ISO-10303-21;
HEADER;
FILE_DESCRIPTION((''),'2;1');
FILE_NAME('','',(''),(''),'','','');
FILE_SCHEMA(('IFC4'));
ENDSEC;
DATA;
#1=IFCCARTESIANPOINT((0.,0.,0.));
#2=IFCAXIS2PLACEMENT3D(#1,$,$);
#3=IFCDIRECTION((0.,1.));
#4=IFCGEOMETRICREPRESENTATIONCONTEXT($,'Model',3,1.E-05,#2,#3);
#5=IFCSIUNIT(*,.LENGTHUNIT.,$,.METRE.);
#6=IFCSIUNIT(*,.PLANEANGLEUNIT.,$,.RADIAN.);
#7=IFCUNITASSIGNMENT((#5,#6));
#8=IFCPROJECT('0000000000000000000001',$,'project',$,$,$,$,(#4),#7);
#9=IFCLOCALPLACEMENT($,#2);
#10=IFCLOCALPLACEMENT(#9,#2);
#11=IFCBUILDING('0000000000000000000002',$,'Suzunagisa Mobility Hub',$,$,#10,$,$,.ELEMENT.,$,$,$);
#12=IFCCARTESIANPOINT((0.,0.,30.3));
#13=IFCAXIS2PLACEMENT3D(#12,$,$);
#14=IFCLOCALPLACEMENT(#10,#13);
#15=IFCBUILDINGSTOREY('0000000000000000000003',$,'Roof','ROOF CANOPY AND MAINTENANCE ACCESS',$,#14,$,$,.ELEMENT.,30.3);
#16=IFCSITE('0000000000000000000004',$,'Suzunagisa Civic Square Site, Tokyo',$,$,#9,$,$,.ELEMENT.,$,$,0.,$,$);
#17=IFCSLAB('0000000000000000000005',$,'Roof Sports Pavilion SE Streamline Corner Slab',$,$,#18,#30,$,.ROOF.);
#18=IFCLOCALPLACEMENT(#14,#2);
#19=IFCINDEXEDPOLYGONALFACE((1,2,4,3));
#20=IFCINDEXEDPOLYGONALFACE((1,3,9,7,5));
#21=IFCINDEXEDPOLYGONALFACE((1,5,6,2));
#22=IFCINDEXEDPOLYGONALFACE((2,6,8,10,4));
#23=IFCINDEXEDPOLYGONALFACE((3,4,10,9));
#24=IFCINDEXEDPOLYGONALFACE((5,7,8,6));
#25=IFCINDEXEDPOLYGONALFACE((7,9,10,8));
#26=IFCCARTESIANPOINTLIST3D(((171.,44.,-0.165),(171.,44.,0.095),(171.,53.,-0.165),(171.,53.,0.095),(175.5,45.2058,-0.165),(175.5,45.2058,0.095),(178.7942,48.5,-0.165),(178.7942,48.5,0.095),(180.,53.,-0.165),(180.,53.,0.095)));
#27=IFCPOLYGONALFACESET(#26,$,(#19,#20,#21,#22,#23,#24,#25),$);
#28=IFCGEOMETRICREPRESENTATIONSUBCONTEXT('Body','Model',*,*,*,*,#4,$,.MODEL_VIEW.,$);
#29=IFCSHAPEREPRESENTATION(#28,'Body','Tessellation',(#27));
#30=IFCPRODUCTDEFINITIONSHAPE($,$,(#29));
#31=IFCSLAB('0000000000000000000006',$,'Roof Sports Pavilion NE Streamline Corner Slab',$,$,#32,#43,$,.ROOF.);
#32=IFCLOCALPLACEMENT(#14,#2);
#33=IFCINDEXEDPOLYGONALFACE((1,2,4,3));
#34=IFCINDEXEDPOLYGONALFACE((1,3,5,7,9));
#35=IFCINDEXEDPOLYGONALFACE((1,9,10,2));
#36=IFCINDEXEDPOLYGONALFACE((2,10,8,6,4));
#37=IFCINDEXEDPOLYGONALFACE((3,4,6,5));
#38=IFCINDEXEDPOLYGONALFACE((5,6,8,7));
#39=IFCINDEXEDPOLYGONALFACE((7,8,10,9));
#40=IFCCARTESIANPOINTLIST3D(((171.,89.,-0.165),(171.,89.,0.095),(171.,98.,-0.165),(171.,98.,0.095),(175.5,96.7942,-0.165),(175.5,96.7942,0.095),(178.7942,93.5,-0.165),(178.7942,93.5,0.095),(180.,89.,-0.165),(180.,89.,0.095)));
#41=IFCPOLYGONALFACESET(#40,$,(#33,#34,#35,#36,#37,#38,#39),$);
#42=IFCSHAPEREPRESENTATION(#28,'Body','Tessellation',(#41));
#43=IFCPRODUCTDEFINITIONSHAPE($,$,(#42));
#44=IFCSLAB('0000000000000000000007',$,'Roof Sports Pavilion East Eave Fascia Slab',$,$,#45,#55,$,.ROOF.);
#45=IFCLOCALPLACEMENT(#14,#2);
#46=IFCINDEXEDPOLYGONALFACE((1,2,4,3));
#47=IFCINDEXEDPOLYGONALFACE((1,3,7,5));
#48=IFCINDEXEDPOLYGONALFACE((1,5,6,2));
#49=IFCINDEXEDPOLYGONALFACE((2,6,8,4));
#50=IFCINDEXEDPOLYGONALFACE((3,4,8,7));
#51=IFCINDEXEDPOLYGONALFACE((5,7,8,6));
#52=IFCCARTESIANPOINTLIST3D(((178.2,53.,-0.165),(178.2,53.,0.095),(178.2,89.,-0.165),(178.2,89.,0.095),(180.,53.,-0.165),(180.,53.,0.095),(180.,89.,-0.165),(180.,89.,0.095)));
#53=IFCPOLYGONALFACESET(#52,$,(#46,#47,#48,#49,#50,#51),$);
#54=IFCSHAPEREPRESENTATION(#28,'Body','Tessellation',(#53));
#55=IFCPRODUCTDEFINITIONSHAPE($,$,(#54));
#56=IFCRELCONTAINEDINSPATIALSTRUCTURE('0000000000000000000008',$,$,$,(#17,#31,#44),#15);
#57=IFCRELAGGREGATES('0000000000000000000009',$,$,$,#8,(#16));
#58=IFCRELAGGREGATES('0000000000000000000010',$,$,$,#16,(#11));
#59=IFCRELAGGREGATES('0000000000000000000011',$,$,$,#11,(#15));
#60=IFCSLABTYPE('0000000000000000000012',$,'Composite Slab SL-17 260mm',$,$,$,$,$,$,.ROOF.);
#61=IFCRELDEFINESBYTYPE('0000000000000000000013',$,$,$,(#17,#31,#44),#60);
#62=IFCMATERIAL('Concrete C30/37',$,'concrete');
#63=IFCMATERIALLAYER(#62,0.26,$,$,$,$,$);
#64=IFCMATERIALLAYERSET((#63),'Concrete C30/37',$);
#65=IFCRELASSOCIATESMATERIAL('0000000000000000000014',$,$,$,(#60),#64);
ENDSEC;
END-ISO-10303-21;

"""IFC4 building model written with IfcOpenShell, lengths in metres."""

from ifc_helpers import new_model, si_unit, direction, frame, origin, place, context, subcontext, project, spatial, polyline, outline, extrude, material, layer, layer_set, type_object, element, save


model = new_model("IFC4")

# Units and contexts
model_context = context("Model", 3, precision=1e-05, world=origin(), true_north=direction((0.0, 1.0)))
body_context = subcontext(model_context, "Body", "Model", "MODEL_VIEW")
ifc_project = project(units=[si_unit("LENGTHUNIT", "METRE"), si_unit("PLANEANGLEUNIT", "RADIAN")], contexts=[model_context])

# Site, building, storey
site_placement = place(None, origin())
site = spatial("IfcSite", under=ifc_project, at=site_placement, Name="Suzunagisa Civic Square Site, Tokyo", CompositionType="ELEMENT", RefElevation=0.0)
building_placement = place(site_placement, origin())
building = spatial("IfcBuilding", under=site, at=building_placement, Name="Suzunagisa Mobility Hub", CompositionType="ELEMENT")
storey_placement = place(building_placement, frame((0.0, 0.0, 30.3)))
storey = spatial("IfcBuildingStorey", under=building, at=storey_placement, Name="Roof", Description="ROOF CANOPY AND MAINTENANCE ACCESS", CompositionType="ELEMENT", Elevation=30.3)

# Slabs
ifc_material = material(Name="Concrete C30/37", Category="concrete")
ifc_layer = layer(ifc_material, 0.26)
ifc_layer_set = layer_set([ifc_layer], Name="Concrete C30/37")
slab_type = type_object("IfcSlabType", Name="Composite Slab SL-17 260mm", PredefinedType="ROOF", material=ifc_layer_set)
slab_1_placement = place(storey_placement, frame((0.0, 0.0, -0.165)))
element("IfcSlab", 1, at=slab_1_placement, inside=storey, type_object=slab_type, Name="Roof Sports Pavilion SE Streamline Corner Slab", PredefinedType="ROOF", context=body_context, shape_type="SweptSolid", body=[
    extrude(outline(polyline([(180.0, 53.0), (171.0, 53.0), (171.0, 44.0), (175.5, 45.2058), (178.7942, 48.5), (180.0, 53.0)])), origin(), (0.0, 0.0, 1.0), 0.26),
])
slab_2_placement = place(storey_placement, frame((0.0, 0.0, -0.165)))
element("IfcSlab", 2, at=slab_2_placement, inside=storey, type_object=slab_type, Name="Roof Sports Pavilion NE Streamline Corner Slab", PredefinedType="ROOF", context=body_context, shape_type="SweptSolid", body=[
    extrude(outline(polyline([(171.0, 98.0), (171.0, 89.0), (180.0, 89.0), (178.7942, 93.5), (175.5, 96.7942), (171.0, 98.0)])), origin(), (0.0, 0.0, 1.0), 0.26),
])
slab_3_placement = place(storey_placement, frame((0.0, 0.0, -0.165)))
element("IfcSlab", 3, at=slab_3_placement, inside=storey, type_object=slab_type, Name="Roof Sports Pavilion East Eave Fascia Slab", PredefinedType="ROOF", context=body_context, shape_type="SweptSolid", body=[
    extrude(outline(polyline([(180.0, 89.0), (178.2, 89.0), (178.2, 53.0), (180.0, 53.0), (180.0, 89.0)])), origin(), (0.0, 0.0, 1.0), 0.26),
])

save(model, "model.ifc")
